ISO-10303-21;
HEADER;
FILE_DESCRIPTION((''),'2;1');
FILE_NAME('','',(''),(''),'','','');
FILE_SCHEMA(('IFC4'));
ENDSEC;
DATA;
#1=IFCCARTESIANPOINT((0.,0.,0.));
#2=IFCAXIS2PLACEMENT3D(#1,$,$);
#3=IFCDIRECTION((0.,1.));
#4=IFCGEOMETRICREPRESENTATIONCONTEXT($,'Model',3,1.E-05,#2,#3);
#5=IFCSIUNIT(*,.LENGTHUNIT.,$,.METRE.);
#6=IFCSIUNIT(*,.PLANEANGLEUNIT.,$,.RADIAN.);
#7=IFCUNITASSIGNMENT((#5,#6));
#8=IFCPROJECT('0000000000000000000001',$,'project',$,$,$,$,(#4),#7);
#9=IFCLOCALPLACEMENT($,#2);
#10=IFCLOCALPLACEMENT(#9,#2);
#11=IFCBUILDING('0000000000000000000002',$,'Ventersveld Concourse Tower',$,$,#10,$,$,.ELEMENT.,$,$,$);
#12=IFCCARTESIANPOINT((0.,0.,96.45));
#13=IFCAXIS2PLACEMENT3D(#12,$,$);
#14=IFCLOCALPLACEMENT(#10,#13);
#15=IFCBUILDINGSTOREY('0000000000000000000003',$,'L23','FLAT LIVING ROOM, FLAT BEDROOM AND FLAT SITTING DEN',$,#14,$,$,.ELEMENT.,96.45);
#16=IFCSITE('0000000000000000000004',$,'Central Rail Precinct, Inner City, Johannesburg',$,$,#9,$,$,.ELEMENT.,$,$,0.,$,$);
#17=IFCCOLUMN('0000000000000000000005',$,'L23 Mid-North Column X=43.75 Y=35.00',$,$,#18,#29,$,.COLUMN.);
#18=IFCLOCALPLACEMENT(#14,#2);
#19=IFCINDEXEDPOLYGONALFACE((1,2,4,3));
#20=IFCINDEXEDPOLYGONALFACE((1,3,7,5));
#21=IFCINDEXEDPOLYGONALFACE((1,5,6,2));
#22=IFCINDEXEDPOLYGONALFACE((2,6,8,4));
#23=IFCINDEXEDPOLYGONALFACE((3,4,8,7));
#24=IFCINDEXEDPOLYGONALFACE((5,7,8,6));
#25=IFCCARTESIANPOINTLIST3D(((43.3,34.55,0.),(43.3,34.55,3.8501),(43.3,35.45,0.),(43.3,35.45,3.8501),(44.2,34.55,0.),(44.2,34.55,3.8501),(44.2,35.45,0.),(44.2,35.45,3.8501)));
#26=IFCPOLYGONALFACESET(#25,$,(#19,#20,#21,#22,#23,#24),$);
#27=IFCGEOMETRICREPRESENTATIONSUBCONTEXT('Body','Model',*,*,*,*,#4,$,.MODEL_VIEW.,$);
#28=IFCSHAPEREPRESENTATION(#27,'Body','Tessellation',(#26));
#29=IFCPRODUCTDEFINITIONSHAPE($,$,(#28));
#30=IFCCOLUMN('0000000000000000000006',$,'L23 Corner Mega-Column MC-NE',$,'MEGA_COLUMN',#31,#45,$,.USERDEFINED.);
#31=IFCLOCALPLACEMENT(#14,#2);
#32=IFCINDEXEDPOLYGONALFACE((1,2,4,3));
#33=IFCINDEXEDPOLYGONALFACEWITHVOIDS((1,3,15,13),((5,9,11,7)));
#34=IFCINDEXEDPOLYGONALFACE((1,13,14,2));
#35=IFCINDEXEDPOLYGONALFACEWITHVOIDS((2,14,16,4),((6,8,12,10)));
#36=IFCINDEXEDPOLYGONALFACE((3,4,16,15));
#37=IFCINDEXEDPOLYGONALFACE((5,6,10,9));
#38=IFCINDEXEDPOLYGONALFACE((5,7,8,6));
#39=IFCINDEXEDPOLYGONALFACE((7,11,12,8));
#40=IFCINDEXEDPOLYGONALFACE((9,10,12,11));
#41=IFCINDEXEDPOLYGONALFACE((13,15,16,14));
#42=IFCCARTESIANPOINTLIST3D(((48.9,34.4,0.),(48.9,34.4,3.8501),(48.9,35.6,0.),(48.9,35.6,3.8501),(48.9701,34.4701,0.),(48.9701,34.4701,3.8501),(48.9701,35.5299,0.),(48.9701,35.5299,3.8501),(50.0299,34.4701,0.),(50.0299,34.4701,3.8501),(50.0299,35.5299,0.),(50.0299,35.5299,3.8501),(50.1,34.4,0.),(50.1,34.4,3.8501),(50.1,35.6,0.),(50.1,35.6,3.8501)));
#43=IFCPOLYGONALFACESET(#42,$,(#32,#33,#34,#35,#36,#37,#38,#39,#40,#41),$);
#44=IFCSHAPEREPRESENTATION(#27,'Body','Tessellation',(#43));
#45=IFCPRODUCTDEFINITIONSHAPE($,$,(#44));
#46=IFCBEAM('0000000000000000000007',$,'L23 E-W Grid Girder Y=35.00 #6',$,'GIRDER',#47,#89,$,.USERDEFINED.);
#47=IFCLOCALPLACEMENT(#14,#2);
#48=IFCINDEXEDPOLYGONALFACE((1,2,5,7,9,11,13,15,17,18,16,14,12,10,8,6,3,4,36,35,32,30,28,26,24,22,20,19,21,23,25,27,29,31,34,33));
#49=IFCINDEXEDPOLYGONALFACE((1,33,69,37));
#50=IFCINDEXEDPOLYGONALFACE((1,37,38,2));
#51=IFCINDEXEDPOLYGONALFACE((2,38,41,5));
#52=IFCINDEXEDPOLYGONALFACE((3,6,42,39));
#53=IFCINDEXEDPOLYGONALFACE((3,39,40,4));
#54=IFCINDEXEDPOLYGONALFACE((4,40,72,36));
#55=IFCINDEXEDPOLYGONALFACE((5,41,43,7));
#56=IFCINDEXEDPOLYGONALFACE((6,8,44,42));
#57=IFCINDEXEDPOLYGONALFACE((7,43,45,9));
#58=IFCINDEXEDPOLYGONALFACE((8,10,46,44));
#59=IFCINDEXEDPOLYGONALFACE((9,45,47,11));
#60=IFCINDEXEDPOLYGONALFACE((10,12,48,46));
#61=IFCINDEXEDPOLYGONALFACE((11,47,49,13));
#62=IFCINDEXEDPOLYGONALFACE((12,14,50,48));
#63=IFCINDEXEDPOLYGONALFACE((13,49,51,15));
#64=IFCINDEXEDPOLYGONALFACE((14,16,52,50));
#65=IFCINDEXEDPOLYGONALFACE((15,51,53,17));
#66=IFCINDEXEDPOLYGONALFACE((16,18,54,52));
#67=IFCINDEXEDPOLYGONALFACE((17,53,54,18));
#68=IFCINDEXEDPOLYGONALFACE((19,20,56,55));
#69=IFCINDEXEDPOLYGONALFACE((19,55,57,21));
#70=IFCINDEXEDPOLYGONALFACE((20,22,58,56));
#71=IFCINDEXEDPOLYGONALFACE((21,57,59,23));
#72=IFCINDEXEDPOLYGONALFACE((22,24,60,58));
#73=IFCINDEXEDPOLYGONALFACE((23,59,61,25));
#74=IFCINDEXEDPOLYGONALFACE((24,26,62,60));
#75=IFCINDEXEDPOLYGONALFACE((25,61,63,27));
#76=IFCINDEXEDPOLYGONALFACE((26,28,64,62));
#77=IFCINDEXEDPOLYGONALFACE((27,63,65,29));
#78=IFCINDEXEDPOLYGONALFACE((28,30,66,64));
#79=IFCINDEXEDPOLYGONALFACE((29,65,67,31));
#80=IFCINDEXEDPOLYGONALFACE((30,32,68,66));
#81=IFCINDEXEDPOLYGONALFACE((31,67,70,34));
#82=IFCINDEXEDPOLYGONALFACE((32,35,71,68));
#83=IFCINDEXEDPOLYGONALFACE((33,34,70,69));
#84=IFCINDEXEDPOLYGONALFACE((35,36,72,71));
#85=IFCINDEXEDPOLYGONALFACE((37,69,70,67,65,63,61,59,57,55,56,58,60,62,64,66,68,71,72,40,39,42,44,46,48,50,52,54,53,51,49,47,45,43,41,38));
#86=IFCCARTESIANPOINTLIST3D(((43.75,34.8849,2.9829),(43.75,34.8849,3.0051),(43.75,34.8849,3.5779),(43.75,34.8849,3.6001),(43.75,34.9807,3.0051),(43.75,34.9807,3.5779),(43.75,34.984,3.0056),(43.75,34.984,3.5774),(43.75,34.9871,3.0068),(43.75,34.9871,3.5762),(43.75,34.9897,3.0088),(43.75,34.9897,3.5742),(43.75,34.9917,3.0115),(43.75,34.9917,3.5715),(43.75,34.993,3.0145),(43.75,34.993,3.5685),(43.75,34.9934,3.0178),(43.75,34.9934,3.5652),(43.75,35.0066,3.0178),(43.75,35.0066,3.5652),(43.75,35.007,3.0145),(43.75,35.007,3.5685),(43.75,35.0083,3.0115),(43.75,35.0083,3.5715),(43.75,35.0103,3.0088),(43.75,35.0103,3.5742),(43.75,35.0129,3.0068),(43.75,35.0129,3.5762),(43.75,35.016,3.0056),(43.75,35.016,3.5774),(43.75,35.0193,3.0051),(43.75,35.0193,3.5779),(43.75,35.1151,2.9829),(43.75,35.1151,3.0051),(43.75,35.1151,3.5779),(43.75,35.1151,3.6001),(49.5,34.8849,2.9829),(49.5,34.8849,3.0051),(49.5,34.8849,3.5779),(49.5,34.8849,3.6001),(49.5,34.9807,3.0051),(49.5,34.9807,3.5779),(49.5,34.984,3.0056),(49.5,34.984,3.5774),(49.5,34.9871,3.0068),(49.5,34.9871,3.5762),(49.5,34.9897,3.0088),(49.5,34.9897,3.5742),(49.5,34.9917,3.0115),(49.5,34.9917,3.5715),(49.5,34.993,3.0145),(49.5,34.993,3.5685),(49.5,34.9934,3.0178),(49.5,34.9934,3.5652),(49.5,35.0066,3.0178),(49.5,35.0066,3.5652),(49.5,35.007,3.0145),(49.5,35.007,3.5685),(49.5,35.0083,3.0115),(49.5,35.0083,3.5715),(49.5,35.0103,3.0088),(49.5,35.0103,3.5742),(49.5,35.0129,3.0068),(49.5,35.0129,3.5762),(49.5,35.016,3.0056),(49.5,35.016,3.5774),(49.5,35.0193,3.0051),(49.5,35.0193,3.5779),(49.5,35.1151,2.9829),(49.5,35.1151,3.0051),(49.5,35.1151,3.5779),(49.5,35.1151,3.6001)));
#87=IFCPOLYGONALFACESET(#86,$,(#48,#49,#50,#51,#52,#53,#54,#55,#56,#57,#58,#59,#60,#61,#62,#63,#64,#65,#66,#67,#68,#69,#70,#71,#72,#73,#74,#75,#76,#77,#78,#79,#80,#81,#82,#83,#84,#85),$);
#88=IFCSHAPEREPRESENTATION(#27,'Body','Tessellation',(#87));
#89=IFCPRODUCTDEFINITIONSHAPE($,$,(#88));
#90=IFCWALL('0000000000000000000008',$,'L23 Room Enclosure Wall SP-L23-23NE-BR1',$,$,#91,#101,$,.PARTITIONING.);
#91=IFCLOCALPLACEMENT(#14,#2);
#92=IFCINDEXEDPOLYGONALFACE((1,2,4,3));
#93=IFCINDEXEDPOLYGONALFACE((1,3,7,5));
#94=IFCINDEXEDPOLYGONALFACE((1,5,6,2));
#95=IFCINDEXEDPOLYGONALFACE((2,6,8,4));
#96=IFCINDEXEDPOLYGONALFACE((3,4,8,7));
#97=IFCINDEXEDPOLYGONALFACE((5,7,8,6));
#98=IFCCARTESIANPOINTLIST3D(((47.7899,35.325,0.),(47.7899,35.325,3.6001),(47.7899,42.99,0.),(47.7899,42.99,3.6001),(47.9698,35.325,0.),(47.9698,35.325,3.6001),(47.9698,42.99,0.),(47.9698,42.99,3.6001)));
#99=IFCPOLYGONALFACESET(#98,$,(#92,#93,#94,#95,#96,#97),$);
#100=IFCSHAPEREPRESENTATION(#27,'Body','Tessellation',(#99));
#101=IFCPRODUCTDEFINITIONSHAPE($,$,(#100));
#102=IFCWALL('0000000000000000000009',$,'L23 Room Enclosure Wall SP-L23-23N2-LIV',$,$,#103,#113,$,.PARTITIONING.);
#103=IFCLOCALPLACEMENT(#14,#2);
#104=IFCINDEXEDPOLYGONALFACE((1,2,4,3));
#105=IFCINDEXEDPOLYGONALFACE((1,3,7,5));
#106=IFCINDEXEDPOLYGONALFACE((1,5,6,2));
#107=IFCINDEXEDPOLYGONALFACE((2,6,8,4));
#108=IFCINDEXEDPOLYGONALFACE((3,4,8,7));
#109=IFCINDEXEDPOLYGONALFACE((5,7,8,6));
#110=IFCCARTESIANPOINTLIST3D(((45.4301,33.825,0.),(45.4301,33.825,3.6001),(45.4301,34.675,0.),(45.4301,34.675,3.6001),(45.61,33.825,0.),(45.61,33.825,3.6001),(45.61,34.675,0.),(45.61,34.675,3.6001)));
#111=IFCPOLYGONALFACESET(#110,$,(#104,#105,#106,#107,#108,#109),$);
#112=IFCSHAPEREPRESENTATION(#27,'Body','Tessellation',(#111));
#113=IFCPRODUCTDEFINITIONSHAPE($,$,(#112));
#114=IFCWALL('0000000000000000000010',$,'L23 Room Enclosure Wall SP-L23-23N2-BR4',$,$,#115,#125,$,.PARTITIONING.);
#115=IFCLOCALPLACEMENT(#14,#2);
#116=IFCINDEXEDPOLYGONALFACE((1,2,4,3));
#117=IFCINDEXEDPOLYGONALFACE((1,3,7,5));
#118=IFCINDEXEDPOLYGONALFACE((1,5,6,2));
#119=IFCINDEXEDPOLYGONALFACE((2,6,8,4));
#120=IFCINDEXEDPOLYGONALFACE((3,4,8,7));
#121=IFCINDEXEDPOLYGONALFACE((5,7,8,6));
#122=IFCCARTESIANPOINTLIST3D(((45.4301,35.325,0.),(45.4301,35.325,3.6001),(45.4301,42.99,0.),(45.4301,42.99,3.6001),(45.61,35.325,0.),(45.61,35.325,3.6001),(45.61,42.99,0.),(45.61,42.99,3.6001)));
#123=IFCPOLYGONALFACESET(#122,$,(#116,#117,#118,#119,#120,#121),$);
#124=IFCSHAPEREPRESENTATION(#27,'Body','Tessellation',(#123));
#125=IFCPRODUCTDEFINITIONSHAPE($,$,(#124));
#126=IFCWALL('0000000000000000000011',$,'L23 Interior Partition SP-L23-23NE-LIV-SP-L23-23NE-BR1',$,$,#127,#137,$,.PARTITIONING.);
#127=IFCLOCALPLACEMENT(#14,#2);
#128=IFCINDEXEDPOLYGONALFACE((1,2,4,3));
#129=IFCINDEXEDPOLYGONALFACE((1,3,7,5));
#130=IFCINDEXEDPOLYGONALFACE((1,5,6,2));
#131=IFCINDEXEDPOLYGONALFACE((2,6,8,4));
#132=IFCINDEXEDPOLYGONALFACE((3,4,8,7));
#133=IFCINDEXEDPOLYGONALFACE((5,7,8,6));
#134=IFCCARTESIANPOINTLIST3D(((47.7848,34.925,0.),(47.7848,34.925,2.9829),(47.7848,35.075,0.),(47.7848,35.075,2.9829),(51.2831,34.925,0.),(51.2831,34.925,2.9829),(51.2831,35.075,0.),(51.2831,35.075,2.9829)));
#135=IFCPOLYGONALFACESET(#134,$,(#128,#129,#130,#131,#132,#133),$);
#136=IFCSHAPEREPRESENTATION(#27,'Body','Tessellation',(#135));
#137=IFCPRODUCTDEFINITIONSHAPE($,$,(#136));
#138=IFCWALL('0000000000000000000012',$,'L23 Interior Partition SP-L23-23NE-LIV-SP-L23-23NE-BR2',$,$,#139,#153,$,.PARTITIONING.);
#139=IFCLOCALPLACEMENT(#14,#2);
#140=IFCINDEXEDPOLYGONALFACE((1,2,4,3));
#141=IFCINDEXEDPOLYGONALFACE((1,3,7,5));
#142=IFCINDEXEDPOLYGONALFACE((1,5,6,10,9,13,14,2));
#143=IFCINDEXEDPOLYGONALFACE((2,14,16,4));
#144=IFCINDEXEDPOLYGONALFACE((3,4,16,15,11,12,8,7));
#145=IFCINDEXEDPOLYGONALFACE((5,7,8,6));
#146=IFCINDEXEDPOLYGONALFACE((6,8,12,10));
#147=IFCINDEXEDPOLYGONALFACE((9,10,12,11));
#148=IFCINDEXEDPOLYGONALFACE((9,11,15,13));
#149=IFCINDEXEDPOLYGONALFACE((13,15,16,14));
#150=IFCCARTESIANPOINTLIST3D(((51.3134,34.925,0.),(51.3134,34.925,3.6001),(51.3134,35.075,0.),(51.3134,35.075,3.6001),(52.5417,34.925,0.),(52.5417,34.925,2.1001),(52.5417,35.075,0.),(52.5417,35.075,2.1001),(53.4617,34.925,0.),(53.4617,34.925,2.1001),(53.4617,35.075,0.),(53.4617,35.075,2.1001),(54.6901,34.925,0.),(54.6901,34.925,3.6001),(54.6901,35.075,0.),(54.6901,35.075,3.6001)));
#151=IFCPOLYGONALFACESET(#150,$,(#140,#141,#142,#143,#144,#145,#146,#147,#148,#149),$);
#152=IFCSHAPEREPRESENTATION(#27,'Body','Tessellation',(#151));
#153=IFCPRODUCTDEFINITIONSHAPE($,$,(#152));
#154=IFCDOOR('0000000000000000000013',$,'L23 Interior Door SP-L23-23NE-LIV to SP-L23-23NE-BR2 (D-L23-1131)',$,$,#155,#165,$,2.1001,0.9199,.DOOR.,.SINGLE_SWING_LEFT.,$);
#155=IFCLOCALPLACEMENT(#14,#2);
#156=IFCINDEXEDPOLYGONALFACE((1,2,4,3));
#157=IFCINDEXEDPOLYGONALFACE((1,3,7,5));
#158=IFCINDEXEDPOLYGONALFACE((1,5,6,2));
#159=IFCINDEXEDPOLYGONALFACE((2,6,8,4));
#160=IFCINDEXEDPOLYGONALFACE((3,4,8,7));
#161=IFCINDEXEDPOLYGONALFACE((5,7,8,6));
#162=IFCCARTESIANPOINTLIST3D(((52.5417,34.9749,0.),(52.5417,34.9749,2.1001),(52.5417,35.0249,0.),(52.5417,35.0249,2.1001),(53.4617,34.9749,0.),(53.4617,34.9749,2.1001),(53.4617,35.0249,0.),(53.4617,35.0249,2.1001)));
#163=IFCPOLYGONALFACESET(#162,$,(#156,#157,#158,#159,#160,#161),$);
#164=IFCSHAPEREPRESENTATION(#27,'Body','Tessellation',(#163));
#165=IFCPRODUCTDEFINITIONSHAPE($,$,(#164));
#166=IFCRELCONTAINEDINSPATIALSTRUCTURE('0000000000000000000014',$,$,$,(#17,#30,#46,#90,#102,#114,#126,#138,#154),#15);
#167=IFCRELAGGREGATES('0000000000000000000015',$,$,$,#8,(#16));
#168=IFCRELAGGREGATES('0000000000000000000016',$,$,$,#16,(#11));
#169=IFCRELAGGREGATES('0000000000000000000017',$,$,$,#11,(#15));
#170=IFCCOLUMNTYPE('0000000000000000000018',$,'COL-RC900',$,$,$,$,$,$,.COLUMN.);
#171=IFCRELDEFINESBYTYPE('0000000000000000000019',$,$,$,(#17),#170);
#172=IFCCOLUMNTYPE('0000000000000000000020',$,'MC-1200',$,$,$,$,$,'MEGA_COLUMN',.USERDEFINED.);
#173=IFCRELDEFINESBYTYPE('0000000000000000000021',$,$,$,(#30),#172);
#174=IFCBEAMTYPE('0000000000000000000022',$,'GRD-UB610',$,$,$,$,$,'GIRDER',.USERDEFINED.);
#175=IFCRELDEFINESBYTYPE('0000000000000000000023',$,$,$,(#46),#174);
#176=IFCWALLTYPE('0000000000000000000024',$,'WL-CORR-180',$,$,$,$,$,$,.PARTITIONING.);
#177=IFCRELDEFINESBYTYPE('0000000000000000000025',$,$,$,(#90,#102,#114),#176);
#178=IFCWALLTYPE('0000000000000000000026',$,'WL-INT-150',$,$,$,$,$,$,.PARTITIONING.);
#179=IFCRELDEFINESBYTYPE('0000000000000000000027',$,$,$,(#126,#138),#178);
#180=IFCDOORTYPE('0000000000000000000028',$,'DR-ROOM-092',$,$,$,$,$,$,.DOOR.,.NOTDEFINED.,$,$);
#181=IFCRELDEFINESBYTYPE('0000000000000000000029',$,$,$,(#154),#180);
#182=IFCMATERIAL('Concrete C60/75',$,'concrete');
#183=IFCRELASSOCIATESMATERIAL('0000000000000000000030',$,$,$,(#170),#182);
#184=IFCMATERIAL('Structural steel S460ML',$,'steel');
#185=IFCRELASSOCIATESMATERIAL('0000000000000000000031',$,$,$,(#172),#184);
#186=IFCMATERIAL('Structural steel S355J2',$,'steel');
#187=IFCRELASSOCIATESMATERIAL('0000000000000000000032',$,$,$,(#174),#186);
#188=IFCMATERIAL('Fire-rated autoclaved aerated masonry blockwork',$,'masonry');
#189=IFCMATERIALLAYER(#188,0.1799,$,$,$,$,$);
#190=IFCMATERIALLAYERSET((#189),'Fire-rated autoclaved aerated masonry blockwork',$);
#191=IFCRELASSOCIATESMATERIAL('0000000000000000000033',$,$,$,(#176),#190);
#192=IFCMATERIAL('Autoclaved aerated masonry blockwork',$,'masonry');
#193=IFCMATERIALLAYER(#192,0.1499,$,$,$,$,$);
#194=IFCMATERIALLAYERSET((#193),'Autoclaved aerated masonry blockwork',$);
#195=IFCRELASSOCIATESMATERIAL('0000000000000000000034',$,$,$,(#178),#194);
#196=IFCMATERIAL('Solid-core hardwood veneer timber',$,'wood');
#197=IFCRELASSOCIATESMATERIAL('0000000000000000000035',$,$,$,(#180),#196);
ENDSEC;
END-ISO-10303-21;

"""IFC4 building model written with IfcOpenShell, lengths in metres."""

from ifc_helpers import new_model, si_unit, direction, frame, frame_2d, origin, origin_2d, place, context, subcontext, project, spatial, rectangle, hollow_rectangle, i_section, extrude, material, layer, layer_set, material_profile, profile_set, type_object, element, fill, save


model = new_model("IFC4")

# Units and contexts
model_context = context("Model", 3, precision=1e-05, world=origin(), true_north=direction((0.0, 1.0)))
body_context = subcontext(model_context, "Body", "Model", "MODEL_VIEW")
ifc_project = project(units=[si_unit("LENGTHUNIT", "METRE"), si_unit("PLANEANGLEUNIT", "RADIAN")], contexts=[model_context])

# Site, building, storey
site_placement = place(None, origin())
site = spatial("IfcSite", under=ifc_project, at=site_placement, Name="Central Rail Precinct, Inner City, Johannesburg", CompositionType="ELEMENT", RefElevation=0.0)
building_placement = place(site_placement, origin())
building = spatial("IfcBuilding", under=site, at=building_placement, Name="Ventersveld Concourse Tower", CompositionType="ELEMENT")
storey_placement = place(building_placement, frame((0.0, 0.0, 96.45)))
storey = spatial("IfcBuildingStorey", under=building, at=storey_placement, Name="L23", Description="FLAT LIVING ROOM, FLAT BEDROOM AND FLAT SITTING DEN", CompositionType="ELEMENT", Elevation=96.45)

# Columns
ifc_material_1 = material(Name="Concrete C60/75", Category="concrete")
ifc_material_profile_1 = material_profile(ifc_material_1, rectangle(XDim=0.8999, YDim=0.8999, at=origin_2d()), Name="RC 900x900")
ifc_profile_set_1 = profile_set([ifc_material_profile_1], Name="Concrete C60/75")
column_type_1 = type_object("IfcColumnType", Name="COL-RC900", PredefinedType="COLUMN", material=ifc_profile_set_1)
column_1_placement = place(storey_placement, frame((43.75, 35.0, 0.0), z_axis=(0.0, 0.0, 1.0), x_axis=(1.0, 0.0, 0.0)))
element("IfcColumn", 1, at=column_1_placement, inside=storey, type_object=column_type_1, Name="L23 Mid-North Column X=43.75 Y=35.00", PredefinedType="COLUMN", context=body_context, shape_type="SweptSolid", body=[
    extrude(rectangle(XDim=0.8999, YDim=0.8999, at=origin_2d()), origin(), (0.0, 0.0, 1.0), 3.8501),
])
ifc_material_2 = material(Name="Structural steel S460ML", Category="steel")
ifc_material_profile_2 = material_profile(ifc_material_2, hollow_rectangle(XDim=1.2, YDim=1.2, WallThickness=0.0701, at=origin_2d()), Name="BOX 1200x1200x70")
ifc_profile_set_2 = profile_set([ifc_material_profile_2], Name="Structural steel S460ML")
column_type_2 = type_object("IfcColumnType", Name="MC-1200", ElementType="MEGA_COLUMN", PredefinedType="USERDEFINED", material=ifc_profile_set_2)
column_2_placement = place(storey_placement, frame((49.5, 35.0, 0.0), z_axis=(0.0, 0.0, 1.0), x_axis=(1.0, 0.0, 0.0)))
element("IfcColumn", 2, at=column_2_placement, inside=storey, type_object=column_type_2, Name="L23 Corner Mega-Column MC-NE", ObjectType="MEGA_COLUMN", PredefinedType="USERDEFINED", context=body_context, shape_type="SweptSolid", body=[
    extrude(hollow_rectangle(XDim=1.2, YDim=1.2, WallThickness=0.0701, at=origin_2d()), origin(), (0.0, 0.0, 1.0), 3.8501),
])

# Beam
ifc_material_3 = material(Name="Structural steel S355J2", Category="steel")
ifc_material_profile_3 = material_profile(ifc_material_3, i_section(OverallWidth=0.2302, OverallDepth=0.6172, WebThickness=0.0132, FlangeThickness=0.0222, FilletRadius=0.0127, at=origin_2d()), Name="UB 610x229x140")
ifc_profile_set_3 = profile_set([ifc_material_profile_3], Name="Structural steel S355J2")
beam_type = type_object("IfcBeamType", Name="GRD-UB610", ElementType="GIRDER", PredefinedType="USERDEFINED", material=ifc_profile_set_3)
beam_placement = place(storey_placement, frame((43.75, 35.0, 3.2915), z_axis=(1.0, 0.0, 0.0), x_axis=(0.0, 1.0, 0.0)))
element("IfcBeam", 3, at=beam_placement, inside=storey, type_object=beam_type, Name="L23 E-W Grid Girder Y=35.00 #6", ObjectType="GIRDER", PredefinedType="USERDEFINED", context=body_context, shape_type="SweptSolid", body=[
    extrude(i_section(OverallWidth=0.2302, OverallDepth=0.6172, WebThickness=0.0132, FlangeThickness=0.0222, FilletRadius=0.0127, at=origin_2d()), origin(), (0.0, 0.0, 1.0), 5.75),
])

# Walls
ifc_material_4 = material(Name="Fire-rated autoclaved aerated masonry blockwork", Category="masonry")
ifc_layer_1 = layer(ifc_material_4, 0.1799)
ifc_layer_set_1 = layer_set([ifc_layer_1], Name="Fire-rated autoclaved aerated masonry blockwork")
wall_type_1 = type_object("IfcWallType", Name="WL-CORR-180", PredefinedType="PARTITIONING", material=ifc_layer_set_1)
wall_1_placement = place(storey_placement, frame((47.8799, 35.325, 0.0), z_axis=(0.0, 0.0, 1.0), x_axis=(0.0, 1.0, 0.0)))
element("IfcWall", 4, at=wall_1_placement, inside=storey, type_object=wall_type_1, Name="L23 Room Enclosure Wall SP-L23-23NE-BR1", PredefinedType="PARTITIONING", context=body_context, shape_type="SweptSolid", body=[
    extrude(rectangle(XDim=7.665, YDim=0.1799, at=frame_2d((3.8325, 0.0))), origin(), (0.0, 0.0, 1.0), 3.6001),
])
wall_2_placement = place(storey_placement, frame((45.52, 34.675, 0.0), z_axis=(0.0, 0.0, 1.0), x_axis=(0.0, -1.0, 0.0)))
element("IfcWall", 5, at=wall_2_placement, inside=storey, type_object=wall_type_1, Name="L23 Room Enclosure Wall SP-L23-23N2-LIV", PredefinedType="PARTITIONING", context=body_context, shape_type="SweptSolid", body=[
    extrude(rectangle(XDim=0.8501, YDim=0.1799, at=frame_2d((0.425, 0.0))), origin(), (0.0, 0.0, 1.0), 3.6001),
])
wall_3_placement = place(storey_placement, frame((45.52, 42.99, 0.0), z_axis=(0.0, 0.0, 1.0), x_axis=(0.0, -1.0, 0.0)))
element("IfcWall", 6, at=wall_3_placement, inside=storey, type_object=wall_type_1, Name="L23 Room Enclosure Wall SP-L23-23N2-BR4", PredefinedType="PARTITIONING", context=body_context, shape_type="SweptSolid", body=[
    extrude(rectangle(XDim=7.665, YDim=0.1799, at=frame_2d((3.8325, 0.0))), origin(), (0.0, 0.0, 1.0), 3.6001),
])
ifc_material_5 = material(Name="Autoclaved aerated masonry blockwork", Category="masonry")
ifc_layer_2 = layer(ifc_material_5, 0.1499)
ifc_layer_set_2 = layer_set([ifc_layer_2], Name="Autoclaved aerated masonry blockwork")
wall_type_2 = type_object("IfcWallType", Name="WL-INT-150", PredefinedType="PARTITIONING", material=ifc_layer_set_2)
wall_4_placement = place(storey_placement, frame((47.7849, 35.0, 0.0), z_axis=(0.0, 0.0, 1.0), x_axis=(1.0, 0.0, 0.0)))
element("IfcWall", 7, at=wall_4_placement, inside=storey, type_object=wall_type_2, Name="L23 Interior Partition SP-L23-23NE-LIV-SP-L23-23NE-BR1", PredefinedType="PARTITIONING", context=body_context, shape_type="SweptSolid", body=[
    extrude(rectangle(XDim=3.4983, YDim=0.1499, at=frame_2d((1.749, 0.0))), origin(), (0.0, 0.0, 1.0), 2.9829),
])

# Wall, opening, door
wall_5_placement = place(storey_placement, frame((51.3132, 35.0, 0.0), z_axis=(0.0, 0.0, 1.0), x_axis=(1.0, 0.0, 0.0)))
wall_5 = element("IfcWall", 8, at=wall_5_placement, inside=storey, type_object=wall_type_2, Name="L23 Interior Partition SP-L23-23NE-LIV-SP-L23-23NE-BR2", PredefinedType="PARTITIONING", context=body_context, shape_type="SweptSolid", body=[
    extrude(rectangle(XDim=3.3767, YDim=0.1499, at=frame_2d((1.6885, 0.0))), origin(), (0.0, 0.0, 1.0), 3.6001),
])
opening_1_placement = place(wall_5_placement, frame((1.2285, 0.0, 0.0)))
opening_1 = element("IfcOpeningElement", 9, at=opening_1_placement, cuts=wall_5, PredefinedType="OPENING", context=body_context, shape_type="SweptSolid", body=[
    extrude(rectangle(XDim=0.9199, YDim=2.1001, at=frame_2d((0.46, 1.05))), frame((0.0, 0.085, 0.0), z_axis=(0.0, -1.0, 0.0), x_axis=(1.0, 0.0, 0.0)), (0.0, 0.0, 1.0), 0.1699),
])
ifc_material_6 = material(Name="Solid-core hardwood veneer timber", Category="wood")
door_type = type_object("IfcDoorType", Name="DR-ROOM-092", OperationType="NOTDEFINED", PredefinedType="DOOR", material=ifc_material_6)
door_1_placement = place(opening_1_placement, origin())
door_1 = element("IfcDoor", 10, at=door_1_placement, inside=storey, type_object=door_type, Name="L23 Interior Door SP-L23-23NE-LIV to SP-L23-23NE-BR2 (D-L23-1131)", OperationType="SINGLE_SWING_LEFT", OverallHeight=2.1001, OverallWidth=0.9199, PredefinedType="DOOR", context=body_context, shape_type="SweptSolid", body=[
    extrude(rectangle(XDim=0.9199, YDim=2.1001, at=frame_2d((0.46, 1.05))), frame((0.0, 0.0249, 0.0), z_axis=(0.0, -1.0, 0.0), x_axis=(1.0, 0.0, 0.0)), (0.0, 0.0, 1.0), 0.05),
])
fill(opening_1, door_1)

save(model, "model.ifc")
